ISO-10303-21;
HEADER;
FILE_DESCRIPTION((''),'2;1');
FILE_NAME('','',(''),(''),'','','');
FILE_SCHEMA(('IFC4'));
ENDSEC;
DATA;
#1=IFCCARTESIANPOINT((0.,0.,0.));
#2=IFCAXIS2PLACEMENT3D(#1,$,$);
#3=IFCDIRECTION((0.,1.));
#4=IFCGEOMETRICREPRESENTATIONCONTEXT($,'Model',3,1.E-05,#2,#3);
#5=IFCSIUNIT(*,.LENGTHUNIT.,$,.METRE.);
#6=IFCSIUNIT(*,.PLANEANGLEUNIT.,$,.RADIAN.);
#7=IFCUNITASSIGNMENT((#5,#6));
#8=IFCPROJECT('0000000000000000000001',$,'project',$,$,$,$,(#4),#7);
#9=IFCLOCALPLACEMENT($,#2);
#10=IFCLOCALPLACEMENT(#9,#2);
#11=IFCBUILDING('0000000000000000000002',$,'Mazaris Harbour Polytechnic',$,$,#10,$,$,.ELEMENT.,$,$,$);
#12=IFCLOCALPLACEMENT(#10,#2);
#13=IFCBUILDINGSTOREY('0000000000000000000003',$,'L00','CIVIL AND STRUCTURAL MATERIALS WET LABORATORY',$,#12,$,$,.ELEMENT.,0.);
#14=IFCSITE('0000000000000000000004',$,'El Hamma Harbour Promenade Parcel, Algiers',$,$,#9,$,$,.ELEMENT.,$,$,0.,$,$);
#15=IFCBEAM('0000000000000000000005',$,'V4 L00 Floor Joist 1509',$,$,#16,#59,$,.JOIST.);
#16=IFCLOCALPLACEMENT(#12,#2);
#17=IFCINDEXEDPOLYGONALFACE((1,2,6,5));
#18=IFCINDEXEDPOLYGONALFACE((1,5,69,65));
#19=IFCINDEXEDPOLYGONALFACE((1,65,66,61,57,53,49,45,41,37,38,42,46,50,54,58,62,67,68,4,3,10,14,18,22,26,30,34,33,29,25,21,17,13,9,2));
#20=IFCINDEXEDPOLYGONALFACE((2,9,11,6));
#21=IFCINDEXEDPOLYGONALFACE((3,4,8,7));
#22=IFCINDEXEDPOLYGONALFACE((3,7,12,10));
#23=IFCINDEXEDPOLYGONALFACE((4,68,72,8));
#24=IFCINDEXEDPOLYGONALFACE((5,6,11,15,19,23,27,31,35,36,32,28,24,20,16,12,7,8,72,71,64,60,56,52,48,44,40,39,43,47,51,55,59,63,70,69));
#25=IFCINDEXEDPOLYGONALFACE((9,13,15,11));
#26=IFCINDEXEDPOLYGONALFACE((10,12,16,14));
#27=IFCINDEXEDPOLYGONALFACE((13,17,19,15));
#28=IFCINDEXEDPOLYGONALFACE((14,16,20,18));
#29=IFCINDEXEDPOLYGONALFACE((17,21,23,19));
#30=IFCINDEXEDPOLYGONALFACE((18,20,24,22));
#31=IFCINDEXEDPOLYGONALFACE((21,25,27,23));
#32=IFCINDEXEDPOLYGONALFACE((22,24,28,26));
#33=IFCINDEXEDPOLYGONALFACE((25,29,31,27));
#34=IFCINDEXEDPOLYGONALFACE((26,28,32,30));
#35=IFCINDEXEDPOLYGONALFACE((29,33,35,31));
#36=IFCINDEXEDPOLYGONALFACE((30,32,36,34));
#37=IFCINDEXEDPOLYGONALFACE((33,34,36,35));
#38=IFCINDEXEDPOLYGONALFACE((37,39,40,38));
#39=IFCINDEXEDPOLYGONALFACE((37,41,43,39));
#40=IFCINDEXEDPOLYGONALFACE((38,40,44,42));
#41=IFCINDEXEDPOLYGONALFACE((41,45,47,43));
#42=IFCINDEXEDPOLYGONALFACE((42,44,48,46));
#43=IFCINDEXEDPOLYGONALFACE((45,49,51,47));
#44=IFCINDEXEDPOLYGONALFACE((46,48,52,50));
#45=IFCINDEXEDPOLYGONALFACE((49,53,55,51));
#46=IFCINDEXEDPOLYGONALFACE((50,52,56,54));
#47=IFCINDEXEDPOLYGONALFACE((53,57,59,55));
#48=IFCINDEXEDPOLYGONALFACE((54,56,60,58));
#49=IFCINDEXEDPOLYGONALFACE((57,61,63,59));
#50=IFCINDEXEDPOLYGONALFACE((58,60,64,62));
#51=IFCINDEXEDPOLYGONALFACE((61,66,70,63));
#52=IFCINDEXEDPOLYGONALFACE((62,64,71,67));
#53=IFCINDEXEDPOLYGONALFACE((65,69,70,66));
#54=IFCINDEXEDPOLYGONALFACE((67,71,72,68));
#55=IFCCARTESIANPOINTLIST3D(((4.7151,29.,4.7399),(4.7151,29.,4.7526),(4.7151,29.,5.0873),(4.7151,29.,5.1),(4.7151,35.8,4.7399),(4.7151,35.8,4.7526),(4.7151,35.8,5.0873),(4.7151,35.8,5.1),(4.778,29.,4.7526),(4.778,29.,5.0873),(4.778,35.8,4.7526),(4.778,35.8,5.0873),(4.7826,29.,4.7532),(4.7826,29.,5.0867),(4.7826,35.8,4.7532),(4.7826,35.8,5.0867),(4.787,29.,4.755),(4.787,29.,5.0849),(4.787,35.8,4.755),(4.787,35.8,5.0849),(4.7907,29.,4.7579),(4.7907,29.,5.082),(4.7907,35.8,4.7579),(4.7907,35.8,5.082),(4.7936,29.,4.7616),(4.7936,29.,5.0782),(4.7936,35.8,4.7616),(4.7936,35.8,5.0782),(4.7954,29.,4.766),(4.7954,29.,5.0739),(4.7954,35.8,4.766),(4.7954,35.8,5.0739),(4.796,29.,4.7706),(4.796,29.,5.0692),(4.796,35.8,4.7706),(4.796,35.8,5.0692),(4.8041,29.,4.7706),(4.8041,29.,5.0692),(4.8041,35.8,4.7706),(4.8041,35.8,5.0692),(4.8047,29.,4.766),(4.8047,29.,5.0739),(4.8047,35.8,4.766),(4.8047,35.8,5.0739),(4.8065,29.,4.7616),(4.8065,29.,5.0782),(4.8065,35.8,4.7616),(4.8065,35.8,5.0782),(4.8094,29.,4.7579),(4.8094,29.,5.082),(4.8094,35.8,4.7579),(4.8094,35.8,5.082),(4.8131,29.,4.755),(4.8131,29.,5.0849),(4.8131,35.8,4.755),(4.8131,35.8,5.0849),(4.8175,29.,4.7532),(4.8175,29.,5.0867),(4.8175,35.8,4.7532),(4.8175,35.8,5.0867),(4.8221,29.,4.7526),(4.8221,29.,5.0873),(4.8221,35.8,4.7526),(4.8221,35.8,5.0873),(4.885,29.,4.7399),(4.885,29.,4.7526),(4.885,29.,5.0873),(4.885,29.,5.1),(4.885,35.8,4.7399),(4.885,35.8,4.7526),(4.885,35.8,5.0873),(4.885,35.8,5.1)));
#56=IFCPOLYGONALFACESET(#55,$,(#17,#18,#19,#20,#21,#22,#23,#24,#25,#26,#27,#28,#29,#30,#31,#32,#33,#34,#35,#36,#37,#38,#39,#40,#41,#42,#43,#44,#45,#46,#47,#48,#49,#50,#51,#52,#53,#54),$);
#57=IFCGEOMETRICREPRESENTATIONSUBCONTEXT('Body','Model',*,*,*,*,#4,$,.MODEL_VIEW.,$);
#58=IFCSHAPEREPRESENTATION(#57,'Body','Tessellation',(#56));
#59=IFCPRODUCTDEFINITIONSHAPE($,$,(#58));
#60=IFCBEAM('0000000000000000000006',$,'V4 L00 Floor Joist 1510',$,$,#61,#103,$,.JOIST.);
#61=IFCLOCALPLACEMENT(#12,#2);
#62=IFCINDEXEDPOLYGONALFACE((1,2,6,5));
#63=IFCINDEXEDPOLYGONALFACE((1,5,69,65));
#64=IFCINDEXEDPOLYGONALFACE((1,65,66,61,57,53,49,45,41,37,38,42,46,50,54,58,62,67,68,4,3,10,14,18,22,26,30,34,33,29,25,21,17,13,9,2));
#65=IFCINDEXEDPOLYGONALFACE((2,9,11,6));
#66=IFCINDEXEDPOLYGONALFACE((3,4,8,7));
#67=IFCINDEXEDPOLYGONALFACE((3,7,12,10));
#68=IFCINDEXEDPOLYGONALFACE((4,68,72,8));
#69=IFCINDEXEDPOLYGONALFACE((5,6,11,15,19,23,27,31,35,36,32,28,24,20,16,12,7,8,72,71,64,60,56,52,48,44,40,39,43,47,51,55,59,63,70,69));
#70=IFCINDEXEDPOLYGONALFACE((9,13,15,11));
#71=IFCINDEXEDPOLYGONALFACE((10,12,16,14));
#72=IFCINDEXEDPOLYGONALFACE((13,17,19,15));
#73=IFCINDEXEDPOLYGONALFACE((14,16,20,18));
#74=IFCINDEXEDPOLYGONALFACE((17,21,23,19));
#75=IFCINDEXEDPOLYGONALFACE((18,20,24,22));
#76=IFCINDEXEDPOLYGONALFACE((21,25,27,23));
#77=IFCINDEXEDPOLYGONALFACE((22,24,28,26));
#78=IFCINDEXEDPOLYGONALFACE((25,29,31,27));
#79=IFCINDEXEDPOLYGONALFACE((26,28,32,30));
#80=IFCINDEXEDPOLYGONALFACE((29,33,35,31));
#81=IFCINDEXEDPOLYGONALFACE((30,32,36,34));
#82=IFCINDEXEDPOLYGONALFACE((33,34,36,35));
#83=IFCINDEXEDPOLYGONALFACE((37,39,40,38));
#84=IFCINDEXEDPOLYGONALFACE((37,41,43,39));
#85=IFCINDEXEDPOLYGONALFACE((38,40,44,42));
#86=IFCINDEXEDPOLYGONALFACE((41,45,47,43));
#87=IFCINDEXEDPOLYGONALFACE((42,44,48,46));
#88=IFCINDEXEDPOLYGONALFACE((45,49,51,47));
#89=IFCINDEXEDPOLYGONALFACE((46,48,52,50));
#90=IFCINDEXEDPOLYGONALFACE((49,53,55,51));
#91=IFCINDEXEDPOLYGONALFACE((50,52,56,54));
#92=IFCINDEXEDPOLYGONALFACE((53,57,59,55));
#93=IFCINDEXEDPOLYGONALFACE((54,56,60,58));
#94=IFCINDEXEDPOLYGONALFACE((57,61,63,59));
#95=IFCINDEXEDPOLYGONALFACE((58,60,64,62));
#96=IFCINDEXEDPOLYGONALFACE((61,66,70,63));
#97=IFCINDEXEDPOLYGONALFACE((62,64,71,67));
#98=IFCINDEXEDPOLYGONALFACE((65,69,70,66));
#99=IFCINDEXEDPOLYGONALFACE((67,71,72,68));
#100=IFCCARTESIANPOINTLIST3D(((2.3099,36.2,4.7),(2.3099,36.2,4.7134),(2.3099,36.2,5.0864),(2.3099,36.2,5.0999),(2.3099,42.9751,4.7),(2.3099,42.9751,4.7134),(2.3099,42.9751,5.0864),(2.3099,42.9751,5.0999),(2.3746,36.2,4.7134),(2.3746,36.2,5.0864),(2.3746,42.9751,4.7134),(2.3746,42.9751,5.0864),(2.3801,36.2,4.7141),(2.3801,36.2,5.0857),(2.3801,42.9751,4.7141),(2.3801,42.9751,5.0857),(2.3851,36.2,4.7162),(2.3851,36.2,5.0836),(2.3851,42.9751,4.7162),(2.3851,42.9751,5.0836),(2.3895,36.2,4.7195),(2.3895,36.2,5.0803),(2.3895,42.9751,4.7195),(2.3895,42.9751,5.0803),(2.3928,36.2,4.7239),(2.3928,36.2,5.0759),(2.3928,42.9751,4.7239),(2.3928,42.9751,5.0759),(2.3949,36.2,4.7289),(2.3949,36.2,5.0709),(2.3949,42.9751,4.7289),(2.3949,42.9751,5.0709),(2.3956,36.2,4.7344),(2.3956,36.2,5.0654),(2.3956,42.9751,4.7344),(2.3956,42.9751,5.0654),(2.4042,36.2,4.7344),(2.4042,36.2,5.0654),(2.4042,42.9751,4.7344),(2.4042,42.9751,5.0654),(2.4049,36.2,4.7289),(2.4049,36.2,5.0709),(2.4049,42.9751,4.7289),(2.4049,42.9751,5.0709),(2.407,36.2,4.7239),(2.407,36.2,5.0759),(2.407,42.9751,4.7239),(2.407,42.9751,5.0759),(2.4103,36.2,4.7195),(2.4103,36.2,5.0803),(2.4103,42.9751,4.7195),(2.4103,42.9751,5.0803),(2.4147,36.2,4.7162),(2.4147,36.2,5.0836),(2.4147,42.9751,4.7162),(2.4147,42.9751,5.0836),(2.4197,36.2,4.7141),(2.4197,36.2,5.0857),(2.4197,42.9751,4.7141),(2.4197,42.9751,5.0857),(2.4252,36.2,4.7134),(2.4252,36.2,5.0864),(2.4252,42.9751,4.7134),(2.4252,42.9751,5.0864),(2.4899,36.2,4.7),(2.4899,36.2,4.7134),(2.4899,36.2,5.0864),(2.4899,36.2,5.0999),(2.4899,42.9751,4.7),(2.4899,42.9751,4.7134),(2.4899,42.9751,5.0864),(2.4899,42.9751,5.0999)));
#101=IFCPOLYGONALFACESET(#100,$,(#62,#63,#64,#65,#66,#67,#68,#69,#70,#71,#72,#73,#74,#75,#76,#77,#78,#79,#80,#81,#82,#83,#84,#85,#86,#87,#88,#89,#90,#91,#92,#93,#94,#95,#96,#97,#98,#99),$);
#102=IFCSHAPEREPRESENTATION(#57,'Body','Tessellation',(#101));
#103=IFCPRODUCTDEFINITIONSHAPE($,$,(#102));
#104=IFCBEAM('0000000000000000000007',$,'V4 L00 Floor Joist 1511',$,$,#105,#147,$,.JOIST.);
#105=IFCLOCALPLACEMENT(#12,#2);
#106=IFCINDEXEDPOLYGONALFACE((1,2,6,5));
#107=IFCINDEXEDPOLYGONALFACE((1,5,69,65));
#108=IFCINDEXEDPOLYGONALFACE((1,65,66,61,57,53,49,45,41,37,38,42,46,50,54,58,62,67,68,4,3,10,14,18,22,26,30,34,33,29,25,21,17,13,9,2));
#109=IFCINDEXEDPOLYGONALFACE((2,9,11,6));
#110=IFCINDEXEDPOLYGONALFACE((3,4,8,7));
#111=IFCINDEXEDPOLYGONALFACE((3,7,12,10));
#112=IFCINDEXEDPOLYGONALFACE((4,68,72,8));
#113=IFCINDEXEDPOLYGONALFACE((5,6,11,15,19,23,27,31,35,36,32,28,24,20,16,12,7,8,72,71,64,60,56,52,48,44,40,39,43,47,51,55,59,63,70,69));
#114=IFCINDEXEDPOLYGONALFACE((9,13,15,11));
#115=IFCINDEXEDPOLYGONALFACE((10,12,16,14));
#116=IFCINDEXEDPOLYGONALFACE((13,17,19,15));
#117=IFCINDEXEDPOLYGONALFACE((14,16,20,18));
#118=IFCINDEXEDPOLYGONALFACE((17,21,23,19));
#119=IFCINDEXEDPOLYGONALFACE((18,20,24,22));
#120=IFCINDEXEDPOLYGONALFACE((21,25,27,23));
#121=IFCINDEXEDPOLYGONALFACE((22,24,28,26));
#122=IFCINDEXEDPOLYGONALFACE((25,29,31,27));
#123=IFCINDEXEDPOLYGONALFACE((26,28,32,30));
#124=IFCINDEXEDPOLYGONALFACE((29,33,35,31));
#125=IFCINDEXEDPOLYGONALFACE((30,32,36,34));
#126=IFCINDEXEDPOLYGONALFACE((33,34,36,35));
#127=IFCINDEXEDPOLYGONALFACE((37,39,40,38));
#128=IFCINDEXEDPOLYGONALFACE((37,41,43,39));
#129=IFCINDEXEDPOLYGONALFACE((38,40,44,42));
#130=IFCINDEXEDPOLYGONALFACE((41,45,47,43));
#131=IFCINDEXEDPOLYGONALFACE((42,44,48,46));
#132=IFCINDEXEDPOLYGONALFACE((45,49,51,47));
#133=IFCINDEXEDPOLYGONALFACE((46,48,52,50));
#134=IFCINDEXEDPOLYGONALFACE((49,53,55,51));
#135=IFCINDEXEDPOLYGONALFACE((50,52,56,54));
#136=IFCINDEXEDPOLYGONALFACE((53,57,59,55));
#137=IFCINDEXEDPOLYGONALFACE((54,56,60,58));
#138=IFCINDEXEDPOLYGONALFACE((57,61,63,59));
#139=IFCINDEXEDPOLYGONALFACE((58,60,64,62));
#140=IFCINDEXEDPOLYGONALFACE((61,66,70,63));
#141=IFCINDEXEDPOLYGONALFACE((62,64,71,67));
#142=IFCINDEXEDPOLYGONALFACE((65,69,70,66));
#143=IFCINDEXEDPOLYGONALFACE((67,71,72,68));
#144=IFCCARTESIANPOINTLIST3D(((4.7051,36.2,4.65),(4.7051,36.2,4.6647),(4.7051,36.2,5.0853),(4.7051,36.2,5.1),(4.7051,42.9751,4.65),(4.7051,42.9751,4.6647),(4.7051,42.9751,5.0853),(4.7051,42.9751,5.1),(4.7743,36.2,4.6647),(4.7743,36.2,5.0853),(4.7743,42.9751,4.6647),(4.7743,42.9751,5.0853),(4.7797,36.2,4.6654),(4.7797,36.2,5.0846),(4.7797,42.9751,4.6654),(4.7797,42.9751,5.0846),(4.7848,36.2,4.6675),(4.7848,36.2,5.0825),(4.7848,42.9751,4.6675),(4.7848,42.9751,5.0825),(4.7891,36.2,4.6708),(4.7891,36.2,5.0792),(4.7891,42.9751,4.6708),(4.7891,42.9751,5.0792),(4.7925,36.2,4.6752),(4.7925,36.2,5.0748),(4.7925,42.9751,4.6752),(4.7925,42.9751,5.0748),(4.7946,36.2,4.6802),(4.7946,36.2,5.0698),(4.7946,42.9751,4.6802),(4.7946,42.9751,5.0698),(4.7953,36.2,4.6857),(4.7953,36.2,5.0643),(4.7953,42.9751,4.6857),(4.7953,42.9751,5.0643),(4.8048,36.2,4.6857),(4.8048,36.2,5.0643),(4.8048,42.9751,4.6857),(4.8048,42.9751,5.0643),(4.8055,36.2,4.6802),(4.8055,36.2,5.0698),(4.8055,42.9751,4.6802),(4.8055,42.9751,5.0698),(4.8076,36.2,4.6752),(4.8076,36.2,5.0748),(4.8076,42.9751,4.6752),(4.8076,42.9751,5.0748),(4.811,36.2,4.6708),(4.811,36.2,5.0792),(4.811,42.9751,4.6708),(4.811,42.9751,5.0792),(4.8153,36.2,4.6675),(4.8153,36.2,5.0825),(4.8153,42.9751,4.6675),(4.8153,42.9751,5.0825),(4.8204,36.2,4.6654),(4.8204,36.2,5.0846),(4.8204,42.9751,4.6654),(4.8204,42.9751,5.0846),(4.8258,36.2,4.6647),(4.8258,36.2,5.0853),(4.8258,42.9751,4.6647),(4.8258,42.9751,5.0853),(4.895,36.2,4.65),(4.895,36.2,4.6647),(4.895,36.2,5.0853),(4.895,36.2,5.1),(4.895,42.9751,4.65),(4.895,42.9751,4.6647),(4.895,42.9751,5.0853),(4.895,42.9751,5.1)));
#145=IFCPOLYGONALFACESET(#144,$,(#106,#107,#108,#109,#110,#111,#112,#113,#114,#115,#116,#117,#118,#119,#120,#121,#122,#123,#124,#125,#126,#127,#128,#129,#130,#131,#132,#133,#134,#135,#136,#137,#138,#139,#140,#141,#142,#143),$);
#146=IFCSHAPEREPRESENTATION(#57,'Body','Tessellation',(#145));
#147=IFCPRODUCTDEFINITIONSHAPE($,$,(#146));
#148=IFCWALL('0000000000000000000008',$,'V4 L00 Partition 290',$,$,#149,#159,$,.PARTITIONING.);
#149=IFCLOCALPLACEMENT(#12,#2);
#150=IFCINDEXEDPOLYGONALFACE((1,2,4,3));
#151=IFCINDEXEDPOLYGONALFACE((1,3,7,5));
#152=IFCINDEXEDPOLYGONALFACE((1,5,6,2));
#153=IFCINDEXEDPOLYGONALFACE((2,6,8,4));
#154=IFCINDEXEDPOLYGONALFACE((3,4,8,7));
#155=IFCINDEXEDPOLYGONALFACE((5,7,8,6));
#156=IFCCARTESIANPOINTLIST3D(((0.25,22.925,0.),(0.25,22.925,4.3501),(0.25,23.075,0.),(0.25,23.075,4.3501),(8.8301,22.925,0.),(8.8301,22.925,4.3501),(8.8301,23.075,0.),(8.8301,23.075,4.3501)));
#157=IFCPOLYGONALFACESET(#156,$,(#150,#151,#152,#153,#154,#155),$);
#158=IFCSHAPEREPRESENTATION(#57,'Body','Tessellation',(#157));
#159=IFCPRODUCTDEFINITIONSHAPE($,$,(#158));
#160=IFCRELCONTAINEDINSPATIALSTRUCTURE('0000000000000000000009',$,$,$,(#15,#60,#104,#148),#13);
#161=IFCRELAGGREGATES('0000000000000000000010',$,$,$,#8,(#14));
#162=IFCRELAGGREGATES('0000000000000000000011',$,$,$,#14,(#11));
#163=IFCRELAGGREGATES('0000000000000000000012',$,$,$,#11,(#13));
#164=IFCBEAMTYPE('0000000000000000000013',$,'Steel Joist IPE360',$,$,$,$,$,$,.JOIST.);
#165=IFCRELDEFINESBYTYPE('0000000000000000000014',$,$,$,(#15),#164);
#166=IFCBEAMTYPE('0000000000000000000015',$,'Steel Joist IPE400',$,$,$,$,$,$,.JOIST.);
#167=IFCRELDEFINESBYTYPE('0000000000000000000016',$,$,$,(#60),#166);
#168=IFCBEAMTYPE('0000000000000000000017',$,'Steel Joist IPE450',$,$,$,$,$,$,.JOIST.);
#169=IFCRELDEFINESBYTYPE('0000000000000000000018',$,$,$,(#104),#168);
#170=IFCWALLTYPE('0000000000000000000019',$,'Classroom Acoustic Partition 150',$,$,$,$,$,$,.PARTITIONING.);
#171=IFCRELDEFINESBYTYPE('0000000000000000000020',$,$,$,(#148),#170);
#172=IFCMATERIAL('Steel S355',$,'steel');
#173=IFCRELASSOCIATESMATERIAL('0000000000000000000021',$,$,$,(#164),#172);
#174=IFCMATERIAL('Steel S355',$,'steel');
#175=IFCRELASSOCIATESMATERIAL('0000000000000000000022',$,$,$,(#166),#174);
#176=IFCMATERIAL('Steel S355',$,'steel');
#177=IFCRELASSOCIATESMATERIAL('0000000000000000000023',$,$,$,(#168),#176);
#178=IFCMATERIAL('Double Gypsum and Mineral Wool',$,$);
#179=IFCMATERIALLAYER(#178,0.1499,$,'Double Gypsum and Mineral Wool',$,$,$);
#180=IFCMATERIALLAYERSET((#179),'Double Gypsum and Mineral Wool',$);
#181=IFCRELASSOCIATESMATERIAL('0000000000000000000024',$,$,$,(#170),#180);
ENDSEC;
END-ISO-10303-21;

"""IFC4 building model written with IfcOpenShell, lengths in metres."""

from ifc_helpers import new_model, si_unit, direction, frame, frame_2d, origin, origin_2d, place, context, subcontext, project, spatial, rectangle, i_section, extrude, material, layer, layer_set, material_profile, profile_set, type_object, element, save


model = new_model("IFC4")

# Units and contexts
model_context = context("Model", 3, precision=1e-05, world=origin(), true_north=direction((0.0, 1.0)))
body_context = subcontext(model_context, "Body", "Model", "MODEL_VIEW")
ifc_project = project(units=[si_unit("LENGTHUNIT", "METRE"), si_unit("PLANEANGLEUNIT", "RADIAN")], contexts=[model_context])

# Site, building, storey
site_placement = place(None, origin())
site = spatial("IfcSite", under=ifc_project, at=site_placement, Name="El Hamma Harbour Promenade Parcel, Algiers", CompositionType="ELEMENT", RefElevation=0.0)
building_placement = place(site_placement, origin())
building = spatial("IfcBuilding", under=site, at=building_placement, Name="Mazaris Harbour Polytechnic", CompositionType="ELEMENT")
storey_placement = place(building_placement, origin())
storey = spatial("IfcBuildingStorey", under=building, at=storey_placement, Name="L00", Description="CIVIL AND STRUCTURAL MATERIALS WET LABORATORY", CompositionType="ELEMENT", Elevation=0.0)

# Beams
ifc_material_1 = material(Name="Steel S355", Category="steel")
ifc_material_profile_1 = material_profile(ifc_material_1, i_section(OverallWidth=0.1699, OverallDepth=0.3601, WebThickness=0.0081, FlangeThickness=0.0127, FilletRadius=0.0181, at=origin_2d()), Name="IPE 360")
ifc_profile_set_1 = profile_set([ifc_material_profile_1], Name="Steel S355")
beam_type_1 = type_object("IfcBeamType", Name="Steel Joist IPE360", PredefinedType="JOIST", material=ifc_profile_set_1)
beam_1_placement = place(storey_placement, frame((4.8, 29.0, 4.9199), z_axis=(0.0, 1.0, 0.0), x_axis=(-1.0, 0.0, 0.0)))
element("IfcBeam", 1, at=beam_1_placement, inside=storey, type_object=beam_type_1, Name="V4 L00 Floor Joist 1509", PredefinedType="JOIST", context=body_context, shape_type="SweptSolid", body=[
    extrude(i_section(OverallWidth=0.1699, OverallDepth=0.3601, WebThickness=0.0081, FlangeThickness=0.0127, FilletRadius=0.0181, at=origin_2d()), origin(), (0.0, 0.0, 1.0), 6.8),
])
ifc_material_2 = material(Name="Steel S355", Category="steel")
ifc_material_profile_2 = material_profile(ifc_material_2, i_section(OverallWidth=0.1799, OverallDepth=0.3999, WebThickness=0.0085, FlangeThickness=0.0134, FilletRadius=0.021, at=origin_2d()), Name="IPE 400")
ifc_profile_set_2 = profile_set([ifc_material_profile_2], Name="Steel S355")
beam_type_2 = type_object("IfcBeamType", Name="Steel Joist IPE400", PredefinedType="JOIST", material=ifc_profile_set_2)
beam_2_placement = place(storey_placement, frame((2.3999, 36.2, 4.8999), z_axis=(0.0, 1.0, 0.0), x_axis=(-1.0, 0.0, 0.0)))
element("IfcBeam", 2, at=beam_2_placement, inside=storey, type_object=beam_type_2, Name="V4 L00 Floor Joist 1510", PredefinedType="JOIST", context=body_context, shape_type="SweptSolid", body=[
    extrude(i_section(OverallWidth=0.1799, OverallDepth=0.3999, WebThickness=0.0085, FlangeThickness=0.0134, FilletRadius=0.021, at=origin_2d()), origin(), (0.0, 0.0, 1.0), 6.7751),
])
ifc_material_3 = material(Name="Steel S355", Category="steel")
ifc_material_profile_3 = material_profile(ifc_material_3, i_section(OverallWidth=0.1899, OverallDepth=0.45, WebThickness=0.0095, FlangeThickness=0.0146, FilletRadius=0.021, at=origin_2d()), Name="IPE 450")
ifc_profile_set_3 = profile_set([ifc_material_profile_3], Name="Steel S355")
beam_type_3 = type_object("IfcBeamType", Name="Steel Joist IPE450", PredefinedType="JOIST", material=ifc_profile_set_3)
beam_3_placement = place(storey_placement, frame((4.8, 36.2, 4.875), z_axis=(0.0, 1.0, 0.0), x_axis=(-1.0, 0.0, 0.0)))
element("IfcBeam", 3, at=beam_3_placement, inside=storey, type_object=beam_type_3, Name="V4 L00 Floor Joist 1511", PredefinedType="JOIST", context=body_context, shape_type="SweptSolid", body=[
    extrude(i_section(OverallWidth=0.1899, OverallDepth=0.45, WebThickness=0.0095, FlangeThickness=0.0146, FilletRadius=0.021, at=origin_2d()), origin(), (0.0, 0.0, 1.0), 6.7751),
])

# Wall
ifc_material_4 = material(Name="Double Gypsum and Mineral Wool")
ifc_layer_1 = layer(ifc_material_4, 0.1499, Name="Double Gypsum and Mineral Wool")
ifc_layer_set_1 = layer_set([ifc_layer_1], Name="Double Gypsum and Mineral Wool")
wall_type_1 = type_object("IfcWallType", Name="Classroom Acoustic Partition 150", PredefinedType="PARTITIONING", material=ifc_layer_set_1)
wall_1_placement = place(storey_placement, frame((0.25, 23.0, 0.0), z_axis=(0.0, 0.0, 1.0), x_axis=(1.0, 0.0, 0.0)))
element("IfcWall", 4, at=wall_1_placement, inside=storey, type_object=wall_type_1, Name="V4 L00 Partition 290", PredefinedType="PARTITIONING", context=body_context, shape_type="SweptSolid", body=[
    extrude(rectangle(XDim=8.5801, YDim=0.1499, at=frame_2d((4.29, 0.0))), origin(), (0.0, 0.0, 1.0), 4.3501),
])

save(model, "model.ifc")
